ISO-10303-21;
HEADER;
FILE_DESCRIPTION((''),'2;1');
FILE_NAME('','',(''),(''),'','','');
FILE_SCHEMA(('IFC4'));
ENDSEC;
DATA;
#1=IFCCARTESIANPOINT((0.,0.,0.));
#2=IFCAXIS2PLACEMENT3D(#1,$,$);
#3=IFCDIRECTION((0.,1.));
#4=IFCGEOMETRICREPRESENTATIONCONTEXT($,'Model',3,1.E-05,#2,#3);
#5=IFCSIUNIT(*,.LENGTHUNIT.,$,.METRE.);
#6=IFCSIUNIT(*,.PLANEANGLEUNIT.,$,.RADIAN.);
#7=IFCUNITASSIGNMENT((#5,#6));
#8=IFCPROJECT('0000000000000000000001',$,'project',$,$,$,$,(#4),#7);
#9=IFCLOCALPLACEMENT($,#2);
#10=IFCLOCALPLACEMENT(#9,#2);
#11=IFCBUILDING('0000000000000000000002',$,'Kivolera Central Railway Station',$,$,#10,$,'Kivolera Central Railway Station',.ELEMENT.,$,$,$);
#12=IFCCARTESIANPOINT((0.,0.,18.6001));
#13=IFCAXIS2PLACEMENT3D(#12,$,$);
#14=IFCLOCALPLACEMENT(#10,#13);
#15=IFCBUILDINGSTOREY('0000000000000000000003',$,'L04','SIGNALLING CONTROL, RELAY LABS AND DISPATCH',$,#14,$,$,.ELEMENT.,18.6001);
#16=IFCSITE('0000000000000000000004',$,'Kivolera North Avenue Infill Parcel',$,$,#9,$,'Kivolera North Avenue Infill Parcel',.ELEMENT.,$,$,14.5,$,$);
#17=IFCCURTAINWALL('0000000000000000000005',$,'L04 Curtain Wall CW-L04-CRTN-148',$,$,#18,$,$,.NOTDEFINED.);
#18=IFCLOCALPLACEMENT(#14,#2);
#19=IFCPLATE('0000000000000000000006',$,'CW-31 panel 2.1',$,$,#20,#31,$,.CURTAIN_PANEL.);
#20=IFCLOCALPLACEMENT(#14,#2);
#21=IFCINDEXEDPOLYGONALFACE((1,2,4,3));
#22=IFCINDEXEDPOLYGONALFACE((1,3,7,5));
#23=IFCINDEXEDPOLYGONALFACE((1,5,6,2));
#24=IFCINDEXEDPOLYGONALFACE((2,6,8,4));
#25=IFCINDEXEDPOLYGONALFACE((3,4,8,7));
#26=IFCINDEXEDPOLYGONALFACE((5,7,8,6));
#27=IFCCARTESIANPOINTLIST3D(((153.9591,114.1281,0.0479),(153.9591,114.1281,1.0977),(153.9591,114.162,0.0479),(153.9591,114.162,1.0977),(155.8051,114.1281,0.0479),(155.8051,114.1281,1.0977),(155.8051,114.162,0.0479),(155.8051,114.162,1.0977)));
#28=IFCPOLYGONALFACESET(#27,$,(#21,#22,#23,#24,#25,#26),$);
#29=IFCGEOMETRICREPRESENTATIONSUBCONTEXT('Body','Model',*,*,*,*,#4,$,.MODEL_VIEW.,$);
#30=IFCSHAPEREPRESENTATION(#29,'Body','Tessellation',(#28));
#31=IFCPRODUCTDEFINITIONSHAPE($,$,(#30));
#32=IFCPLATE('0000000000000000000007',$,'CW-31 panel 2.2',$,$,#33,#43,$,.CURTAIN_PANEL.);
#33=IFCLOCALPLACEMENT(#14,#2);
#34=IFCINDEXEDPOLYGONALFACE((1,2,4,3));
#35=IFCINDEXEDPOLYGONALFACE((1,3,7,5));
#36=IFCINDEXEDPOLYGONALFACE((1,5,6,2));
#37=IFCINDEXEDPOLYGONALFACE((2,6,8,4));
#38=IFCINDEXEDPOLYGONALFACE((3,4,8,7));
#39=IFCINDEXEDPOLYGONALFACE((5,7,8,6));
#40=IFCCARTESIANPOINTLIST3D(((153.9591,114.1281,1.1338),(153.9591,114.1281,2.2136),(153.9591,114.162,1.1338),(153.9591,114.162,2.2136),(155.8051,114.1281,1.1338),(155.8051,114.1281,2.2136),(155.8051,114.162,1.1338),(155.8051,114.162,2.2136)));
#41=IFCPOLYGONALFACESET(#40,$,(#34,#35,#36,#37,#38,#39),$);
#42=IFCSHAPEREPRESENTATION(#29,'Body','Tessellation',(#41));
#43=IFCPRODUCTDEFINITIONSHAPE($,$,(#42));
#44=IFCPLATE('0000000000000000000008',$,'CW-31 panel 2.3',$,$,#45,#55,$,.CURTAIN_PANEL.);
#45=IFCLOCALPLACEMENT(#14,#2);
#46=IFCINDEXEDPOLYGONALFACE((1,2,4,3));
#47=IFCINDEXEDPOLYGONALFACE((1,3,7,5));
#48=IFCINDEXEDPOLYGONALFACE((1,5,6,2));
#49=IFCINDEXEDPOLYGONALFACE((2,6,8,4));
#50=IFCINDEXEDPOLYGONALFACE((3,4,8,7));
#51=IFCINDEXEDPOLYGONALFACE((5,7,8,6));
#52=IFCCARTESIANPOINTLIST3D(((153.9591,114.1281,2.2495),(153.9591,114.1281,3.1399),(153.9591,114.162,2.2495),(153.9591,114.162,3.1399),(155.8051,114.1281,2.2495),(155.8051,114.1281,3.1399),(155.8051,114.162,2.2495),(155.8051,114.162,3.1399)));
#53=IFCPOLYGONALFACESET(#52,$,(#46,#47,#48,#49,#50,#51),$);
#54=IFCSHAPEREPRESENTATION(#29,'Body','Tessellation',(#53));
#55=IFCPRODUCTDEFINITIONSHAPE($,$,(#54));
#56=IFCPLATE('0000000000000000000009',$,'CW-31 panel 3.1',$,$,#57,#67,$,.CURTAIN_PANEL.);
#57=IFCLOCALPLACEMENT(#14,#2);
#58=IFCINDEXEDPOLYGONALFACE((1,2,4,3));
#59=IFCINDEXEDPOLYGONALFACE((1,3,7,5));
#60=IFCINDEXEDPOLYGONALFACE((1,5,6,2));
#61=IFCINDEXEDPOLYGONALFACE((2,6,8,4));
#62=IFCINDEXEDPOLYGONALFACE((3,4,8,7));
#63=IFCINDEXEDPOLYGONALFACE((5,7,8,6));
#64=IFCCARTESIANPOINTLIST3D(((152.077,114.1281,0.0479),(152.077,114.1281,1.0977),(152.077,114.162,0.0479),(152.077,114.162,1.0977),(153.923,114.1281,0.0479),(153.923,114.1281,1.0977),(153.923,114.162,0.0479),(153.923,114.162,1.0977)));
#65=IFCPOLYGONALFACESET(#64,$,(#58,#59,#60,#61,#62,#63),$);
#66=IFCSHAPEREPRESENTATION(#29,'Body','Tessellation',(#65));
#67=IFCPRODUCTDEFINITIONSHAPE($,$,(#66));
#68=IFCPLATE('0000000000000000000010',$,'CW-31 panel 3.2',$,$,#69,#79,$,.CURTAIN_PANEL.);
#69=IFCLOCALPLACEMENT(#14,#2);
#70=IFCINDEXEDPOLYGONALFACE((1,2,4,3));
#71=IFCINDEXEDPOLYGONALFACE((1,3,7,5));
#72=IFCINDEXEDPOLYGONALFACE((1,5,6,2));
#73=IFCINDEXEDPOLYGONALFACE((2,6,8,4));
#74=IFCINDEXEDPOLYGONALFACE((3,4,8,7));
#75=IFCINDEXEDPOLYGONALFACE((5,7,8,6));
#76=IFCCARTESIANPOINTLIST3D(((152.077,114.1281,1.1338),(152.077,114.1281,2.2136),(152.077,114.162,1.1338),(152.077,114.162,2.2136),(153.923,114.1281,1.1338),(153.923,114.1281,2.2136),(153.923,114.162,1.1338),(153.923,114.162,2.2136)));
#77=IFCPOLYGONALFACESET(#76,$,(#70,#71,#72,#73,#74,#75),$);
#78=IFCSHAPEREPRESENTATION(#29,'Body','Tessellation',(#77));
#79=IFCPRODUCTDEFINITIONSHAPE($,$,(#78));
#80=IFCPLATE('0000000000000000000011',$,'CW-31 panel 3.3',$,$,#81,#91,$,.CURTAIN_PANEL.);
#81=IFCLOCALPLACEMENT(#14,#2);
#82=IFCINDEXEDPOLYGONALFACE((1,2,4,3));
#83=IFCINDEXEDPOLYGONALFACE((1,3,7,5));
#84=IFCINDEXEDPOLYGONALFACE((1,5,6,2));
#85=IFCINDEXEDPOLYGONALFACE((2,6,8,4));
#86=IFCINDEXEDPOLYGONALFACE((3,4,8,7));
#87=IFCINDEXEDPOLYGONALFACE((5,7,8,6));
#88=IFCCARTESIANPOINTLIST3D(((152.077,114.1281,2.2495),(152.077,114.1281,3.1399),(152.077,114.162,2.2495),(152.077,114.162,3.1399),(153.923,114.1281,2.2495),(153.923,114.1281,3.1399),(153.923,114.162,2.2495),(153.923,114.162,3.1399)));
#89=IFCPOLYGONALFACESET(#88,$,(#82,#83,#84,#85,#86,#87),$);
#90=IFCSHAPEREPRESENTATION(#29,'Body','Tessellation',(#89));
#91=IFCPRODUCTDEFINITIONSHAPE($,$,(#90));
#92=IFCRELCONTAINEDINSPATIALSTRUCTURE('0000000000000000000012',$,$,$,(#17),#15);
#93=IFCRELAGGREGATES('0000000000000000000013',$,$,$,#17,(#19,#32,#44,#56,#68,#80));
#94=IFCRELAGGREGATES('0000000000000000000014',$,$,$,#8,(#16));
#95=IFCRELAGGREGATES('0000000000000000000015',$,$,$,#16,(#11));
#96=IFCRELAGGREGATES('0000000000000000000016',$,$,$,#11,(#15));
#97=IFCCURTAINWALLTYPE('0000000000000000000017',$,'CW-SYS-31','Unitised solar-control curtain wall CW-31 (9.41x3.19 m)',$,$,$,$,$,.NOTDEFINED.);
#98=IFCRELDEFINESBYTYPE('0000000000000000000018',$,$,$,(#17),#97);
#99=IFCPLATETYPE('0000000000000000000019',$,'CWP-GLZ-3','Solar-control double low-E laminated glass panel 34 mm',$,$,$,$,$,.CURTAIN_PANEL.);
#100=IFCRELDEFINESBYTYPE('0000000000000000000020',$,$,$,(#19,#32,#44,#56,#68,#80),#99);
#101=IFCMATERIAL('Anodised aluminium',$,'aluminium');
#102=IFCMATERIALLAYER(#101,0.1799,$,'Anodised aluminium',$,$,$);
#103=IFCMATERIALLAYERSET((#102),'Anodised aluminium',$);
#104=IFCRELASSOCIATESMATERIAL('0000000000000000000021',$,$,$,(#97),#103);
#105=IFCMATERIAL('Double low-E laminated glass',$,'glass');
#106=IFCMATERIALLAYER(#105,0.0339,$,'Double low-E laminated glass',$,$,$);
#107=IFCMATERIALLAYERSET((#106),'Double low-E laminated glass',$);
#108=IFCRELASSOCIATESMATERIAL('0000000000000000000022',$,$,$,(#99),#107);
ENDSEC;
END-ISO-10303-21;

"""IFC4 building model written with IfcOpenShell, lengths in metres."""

from ifc_helpers import new_model, si_unit, direction, frame, origin, origin_2d, place, context, subcontext, project, spatial, rectangle, extrude, material, layer, layer_set, type_object, element, aggregate, save


model = new_model("IFC4")

# Units and contexts
model_context = context("Model", 3, precision=1e-05, world=origin(), true_north=direction((0.0, 1.0)))
body_context = subcontext(model_context, "Body", "Model", "MODEL_VIEW")
ifc_project = project(units=[si_unit("LENGTHUNIT", "METRE"), si_unit("PLANEANGLEUNIT", "RADIAN")], contexts=[model_context])

# Site, building, storey
site_placement = place(None, origin())
site = spatial("IfcSite", under=ifc_project, at=site_placement, Name="Kivolera North Avenue Infill Parcel", LongName="Kivolera North Avenue Infill Parcel", CompositionType="ELEMENT", RefElevation=14.5)
building_placement = place(site_placement, origin())
building = spatial("IfcBuilding", under=site, at=building_placement, Name="Kivolera Central Railway Station", LongName="Kivolera Central Railway Station", CompositionType="ELEMENT")
storey_placement = place(building_placement, frame((0.0, 0.0, 18.6001)))
storey = spatial("IfcBuildingStorey", under=building, at=storey_placement, Name="L04", Description="SIGNALLING CONTROL, RELAY LABS AND DISPATCH", CompositionType="ELEMENT", Elevation=18.6001)

# Curtain wall, plates
ifc_material_1 = material(Name="Anodised aluminium", Category="aluminium")
ifc_layer_1 = layer(ifc_material_1, 0.1799, Name="Anodised aluminium")
ifc_layer_set_1 = layer_set([ifc_layer_1], Name="Anodised aluminium")
curtain_wall_type = type_object("IfcCurtainWallType", Name="CW-SYS-31", Description="Unitised solar-control curtain wall CW-31 (9.41x3.19 m)", PredefinedType="NOTDEFINED", material=ifc_layer_set_1)
curtain_wall_placement = place(storey_placement, origin())
curtain_wall = element("IfcCurtainWall", 1, at=curtain_wall_placement, inside=storey, type_object=curtain_wall_type, Name="L04 Curtain Wall CW-L04-CRTN-148", PredefinedType="NOTDEFINED")
ifc_material_2 = material(Name="Double low-E laminated glass", Category="glass")
ifc_layer_2 = layer(ifc_material_2, 0.0339, Name="Double low-E laminated glass")
ifc_layer_set_2 = layer_set([ifc_layer_2], Name="Double low-E laminated glass")
plate_type = type_object("IfcPlateType", Name="CWP-GLZ-3", Description="Solar-control double low-E laminated glass panel 34 mm", PredefinedType="CURTAIN_PANEL", material=ifc_layer_set_2)
plate_1_placement = place(storey_placement, frame((154.8821, 114.145, 0.0479), z_axis=(0.0, 0.0, 1.0), x_axis=(-1.0, 0.0, 0.0)))
plate_1 = element("IfcPlate", 2, at=plate_1_placement, type_object=plate_type, Name="CW-31 panel 2.1", PredefinedType="CURTAIN_PANEL", context=body_context, shape_type="SweptSolid", body=[
    extrude(rectangle(XDim=1.8459, YDim=0.0339, at=origin_2d()), origin(), (0.0, 0.0, 1.0), 1.0498),
])
plate_2_placement = place(storey_placement, frame((154.8821, 114.145, 1.1338), z_axis=(0.0, 0.0, 1.0), x_axis=(-1.0, 0.0, 0.0)))
plate_2 = element("IfcPlate", 3, at=plate_2_placement, type_object=plate_type, Name="CW-31 panel 2.2", PredefinedType="CURTAIN_PANEL", context=body_context, shape_type="SweptSolid", body=[
    extrude(rectangle(XDim=1.8459, YDim=0.0339, at=origin_2d()), origin(), (0.0, 0.0, 1.0), 1.0798),
])
plate_3_placement = place(storey_placement, frame((154.8821, 114.145, 2.2495), z_axis=(0.0, 0.0, 1.0), x_axis=(-1.0, 0.0, 0.0)))
plate_3 = element("IfcPlate", 4, at=plate_3_placement, type_object=plate_type, Name="CW-31 panel 2.3", PredefinedType="CURTAIN_PANEL", context=body_context, shape_type="SweptSolid", body=[
    extrude(rectangle(XDim=1.8459, YDim=0.0339, at=origin_2d()), origin(), (0.0, 0.0, 1.0), 0.8904),
])
plate_4_placement = place(storey_placement, frame((153.0, 114.145, 0.0479), z_axis=(0.0, 0.0, 1.0), x_axis=(-1.0, 0.0, 0.0)))
plate_4 = element("IfcPlate", 5, at=plate_4_placement, type_object=plate_type, Name="CW-31 panel 3.1", PredefinedType="CURTAIN_PANEL", context=body_context, shape_type="SweptSolid", body=[
    extrude(rectangle(XDim=1.8459, YDim=0.0339, at=origin_2d()), origin(), (0.0, 0.0, 1.0), 1.0498),
])
plate_5_placement = place(storey_placement, frame((153.0, 114.145, 1.1338), z_axis=(0.0, 0.0, 1.0), x_axis=(-1.0, 0.0, 0.0)))
plate_5 = element("IfcPlate", 6, at=plate_5_placement, type_object=plate_type, Name="CW-31 panel 3.2", PredefinedType="CURTAIN_PANEL", context=body_context, shape_type="SweptSolid", body=[
    extrude(rectangle(XDim=1.8459, YDim=0.0339, at=origin_2d()), origin(), (0.0, 0.0, 1.0), 1.0798),
])
plate_6_placement = place(storey_placement, frame((153.0, 114.145, 2.2495), z_axis=(0.0, 0.0, 1.0), x_axis=(-1.0, 0.0, 0.0)))
plate_6 = element("IfcPlate", 7, at=plate_6_placement, type_object=plate_type, Name="CW-31 panel 3.3", PredefinedType="CURTAIN_PANEL", context=body_context, shape_type="SweptSolid", body=[
    extrude(rectangle(XDim=1.8459, YDim=0.0339, at=origin_2d()), origin(), (0.0, 0.0, 1.0), 0.8904),
])
aggregate(curtain_wall, [plate_1, plate_2, plate_3, plate_4, plate_5, plate_6])

save(model, "model.ifc")
